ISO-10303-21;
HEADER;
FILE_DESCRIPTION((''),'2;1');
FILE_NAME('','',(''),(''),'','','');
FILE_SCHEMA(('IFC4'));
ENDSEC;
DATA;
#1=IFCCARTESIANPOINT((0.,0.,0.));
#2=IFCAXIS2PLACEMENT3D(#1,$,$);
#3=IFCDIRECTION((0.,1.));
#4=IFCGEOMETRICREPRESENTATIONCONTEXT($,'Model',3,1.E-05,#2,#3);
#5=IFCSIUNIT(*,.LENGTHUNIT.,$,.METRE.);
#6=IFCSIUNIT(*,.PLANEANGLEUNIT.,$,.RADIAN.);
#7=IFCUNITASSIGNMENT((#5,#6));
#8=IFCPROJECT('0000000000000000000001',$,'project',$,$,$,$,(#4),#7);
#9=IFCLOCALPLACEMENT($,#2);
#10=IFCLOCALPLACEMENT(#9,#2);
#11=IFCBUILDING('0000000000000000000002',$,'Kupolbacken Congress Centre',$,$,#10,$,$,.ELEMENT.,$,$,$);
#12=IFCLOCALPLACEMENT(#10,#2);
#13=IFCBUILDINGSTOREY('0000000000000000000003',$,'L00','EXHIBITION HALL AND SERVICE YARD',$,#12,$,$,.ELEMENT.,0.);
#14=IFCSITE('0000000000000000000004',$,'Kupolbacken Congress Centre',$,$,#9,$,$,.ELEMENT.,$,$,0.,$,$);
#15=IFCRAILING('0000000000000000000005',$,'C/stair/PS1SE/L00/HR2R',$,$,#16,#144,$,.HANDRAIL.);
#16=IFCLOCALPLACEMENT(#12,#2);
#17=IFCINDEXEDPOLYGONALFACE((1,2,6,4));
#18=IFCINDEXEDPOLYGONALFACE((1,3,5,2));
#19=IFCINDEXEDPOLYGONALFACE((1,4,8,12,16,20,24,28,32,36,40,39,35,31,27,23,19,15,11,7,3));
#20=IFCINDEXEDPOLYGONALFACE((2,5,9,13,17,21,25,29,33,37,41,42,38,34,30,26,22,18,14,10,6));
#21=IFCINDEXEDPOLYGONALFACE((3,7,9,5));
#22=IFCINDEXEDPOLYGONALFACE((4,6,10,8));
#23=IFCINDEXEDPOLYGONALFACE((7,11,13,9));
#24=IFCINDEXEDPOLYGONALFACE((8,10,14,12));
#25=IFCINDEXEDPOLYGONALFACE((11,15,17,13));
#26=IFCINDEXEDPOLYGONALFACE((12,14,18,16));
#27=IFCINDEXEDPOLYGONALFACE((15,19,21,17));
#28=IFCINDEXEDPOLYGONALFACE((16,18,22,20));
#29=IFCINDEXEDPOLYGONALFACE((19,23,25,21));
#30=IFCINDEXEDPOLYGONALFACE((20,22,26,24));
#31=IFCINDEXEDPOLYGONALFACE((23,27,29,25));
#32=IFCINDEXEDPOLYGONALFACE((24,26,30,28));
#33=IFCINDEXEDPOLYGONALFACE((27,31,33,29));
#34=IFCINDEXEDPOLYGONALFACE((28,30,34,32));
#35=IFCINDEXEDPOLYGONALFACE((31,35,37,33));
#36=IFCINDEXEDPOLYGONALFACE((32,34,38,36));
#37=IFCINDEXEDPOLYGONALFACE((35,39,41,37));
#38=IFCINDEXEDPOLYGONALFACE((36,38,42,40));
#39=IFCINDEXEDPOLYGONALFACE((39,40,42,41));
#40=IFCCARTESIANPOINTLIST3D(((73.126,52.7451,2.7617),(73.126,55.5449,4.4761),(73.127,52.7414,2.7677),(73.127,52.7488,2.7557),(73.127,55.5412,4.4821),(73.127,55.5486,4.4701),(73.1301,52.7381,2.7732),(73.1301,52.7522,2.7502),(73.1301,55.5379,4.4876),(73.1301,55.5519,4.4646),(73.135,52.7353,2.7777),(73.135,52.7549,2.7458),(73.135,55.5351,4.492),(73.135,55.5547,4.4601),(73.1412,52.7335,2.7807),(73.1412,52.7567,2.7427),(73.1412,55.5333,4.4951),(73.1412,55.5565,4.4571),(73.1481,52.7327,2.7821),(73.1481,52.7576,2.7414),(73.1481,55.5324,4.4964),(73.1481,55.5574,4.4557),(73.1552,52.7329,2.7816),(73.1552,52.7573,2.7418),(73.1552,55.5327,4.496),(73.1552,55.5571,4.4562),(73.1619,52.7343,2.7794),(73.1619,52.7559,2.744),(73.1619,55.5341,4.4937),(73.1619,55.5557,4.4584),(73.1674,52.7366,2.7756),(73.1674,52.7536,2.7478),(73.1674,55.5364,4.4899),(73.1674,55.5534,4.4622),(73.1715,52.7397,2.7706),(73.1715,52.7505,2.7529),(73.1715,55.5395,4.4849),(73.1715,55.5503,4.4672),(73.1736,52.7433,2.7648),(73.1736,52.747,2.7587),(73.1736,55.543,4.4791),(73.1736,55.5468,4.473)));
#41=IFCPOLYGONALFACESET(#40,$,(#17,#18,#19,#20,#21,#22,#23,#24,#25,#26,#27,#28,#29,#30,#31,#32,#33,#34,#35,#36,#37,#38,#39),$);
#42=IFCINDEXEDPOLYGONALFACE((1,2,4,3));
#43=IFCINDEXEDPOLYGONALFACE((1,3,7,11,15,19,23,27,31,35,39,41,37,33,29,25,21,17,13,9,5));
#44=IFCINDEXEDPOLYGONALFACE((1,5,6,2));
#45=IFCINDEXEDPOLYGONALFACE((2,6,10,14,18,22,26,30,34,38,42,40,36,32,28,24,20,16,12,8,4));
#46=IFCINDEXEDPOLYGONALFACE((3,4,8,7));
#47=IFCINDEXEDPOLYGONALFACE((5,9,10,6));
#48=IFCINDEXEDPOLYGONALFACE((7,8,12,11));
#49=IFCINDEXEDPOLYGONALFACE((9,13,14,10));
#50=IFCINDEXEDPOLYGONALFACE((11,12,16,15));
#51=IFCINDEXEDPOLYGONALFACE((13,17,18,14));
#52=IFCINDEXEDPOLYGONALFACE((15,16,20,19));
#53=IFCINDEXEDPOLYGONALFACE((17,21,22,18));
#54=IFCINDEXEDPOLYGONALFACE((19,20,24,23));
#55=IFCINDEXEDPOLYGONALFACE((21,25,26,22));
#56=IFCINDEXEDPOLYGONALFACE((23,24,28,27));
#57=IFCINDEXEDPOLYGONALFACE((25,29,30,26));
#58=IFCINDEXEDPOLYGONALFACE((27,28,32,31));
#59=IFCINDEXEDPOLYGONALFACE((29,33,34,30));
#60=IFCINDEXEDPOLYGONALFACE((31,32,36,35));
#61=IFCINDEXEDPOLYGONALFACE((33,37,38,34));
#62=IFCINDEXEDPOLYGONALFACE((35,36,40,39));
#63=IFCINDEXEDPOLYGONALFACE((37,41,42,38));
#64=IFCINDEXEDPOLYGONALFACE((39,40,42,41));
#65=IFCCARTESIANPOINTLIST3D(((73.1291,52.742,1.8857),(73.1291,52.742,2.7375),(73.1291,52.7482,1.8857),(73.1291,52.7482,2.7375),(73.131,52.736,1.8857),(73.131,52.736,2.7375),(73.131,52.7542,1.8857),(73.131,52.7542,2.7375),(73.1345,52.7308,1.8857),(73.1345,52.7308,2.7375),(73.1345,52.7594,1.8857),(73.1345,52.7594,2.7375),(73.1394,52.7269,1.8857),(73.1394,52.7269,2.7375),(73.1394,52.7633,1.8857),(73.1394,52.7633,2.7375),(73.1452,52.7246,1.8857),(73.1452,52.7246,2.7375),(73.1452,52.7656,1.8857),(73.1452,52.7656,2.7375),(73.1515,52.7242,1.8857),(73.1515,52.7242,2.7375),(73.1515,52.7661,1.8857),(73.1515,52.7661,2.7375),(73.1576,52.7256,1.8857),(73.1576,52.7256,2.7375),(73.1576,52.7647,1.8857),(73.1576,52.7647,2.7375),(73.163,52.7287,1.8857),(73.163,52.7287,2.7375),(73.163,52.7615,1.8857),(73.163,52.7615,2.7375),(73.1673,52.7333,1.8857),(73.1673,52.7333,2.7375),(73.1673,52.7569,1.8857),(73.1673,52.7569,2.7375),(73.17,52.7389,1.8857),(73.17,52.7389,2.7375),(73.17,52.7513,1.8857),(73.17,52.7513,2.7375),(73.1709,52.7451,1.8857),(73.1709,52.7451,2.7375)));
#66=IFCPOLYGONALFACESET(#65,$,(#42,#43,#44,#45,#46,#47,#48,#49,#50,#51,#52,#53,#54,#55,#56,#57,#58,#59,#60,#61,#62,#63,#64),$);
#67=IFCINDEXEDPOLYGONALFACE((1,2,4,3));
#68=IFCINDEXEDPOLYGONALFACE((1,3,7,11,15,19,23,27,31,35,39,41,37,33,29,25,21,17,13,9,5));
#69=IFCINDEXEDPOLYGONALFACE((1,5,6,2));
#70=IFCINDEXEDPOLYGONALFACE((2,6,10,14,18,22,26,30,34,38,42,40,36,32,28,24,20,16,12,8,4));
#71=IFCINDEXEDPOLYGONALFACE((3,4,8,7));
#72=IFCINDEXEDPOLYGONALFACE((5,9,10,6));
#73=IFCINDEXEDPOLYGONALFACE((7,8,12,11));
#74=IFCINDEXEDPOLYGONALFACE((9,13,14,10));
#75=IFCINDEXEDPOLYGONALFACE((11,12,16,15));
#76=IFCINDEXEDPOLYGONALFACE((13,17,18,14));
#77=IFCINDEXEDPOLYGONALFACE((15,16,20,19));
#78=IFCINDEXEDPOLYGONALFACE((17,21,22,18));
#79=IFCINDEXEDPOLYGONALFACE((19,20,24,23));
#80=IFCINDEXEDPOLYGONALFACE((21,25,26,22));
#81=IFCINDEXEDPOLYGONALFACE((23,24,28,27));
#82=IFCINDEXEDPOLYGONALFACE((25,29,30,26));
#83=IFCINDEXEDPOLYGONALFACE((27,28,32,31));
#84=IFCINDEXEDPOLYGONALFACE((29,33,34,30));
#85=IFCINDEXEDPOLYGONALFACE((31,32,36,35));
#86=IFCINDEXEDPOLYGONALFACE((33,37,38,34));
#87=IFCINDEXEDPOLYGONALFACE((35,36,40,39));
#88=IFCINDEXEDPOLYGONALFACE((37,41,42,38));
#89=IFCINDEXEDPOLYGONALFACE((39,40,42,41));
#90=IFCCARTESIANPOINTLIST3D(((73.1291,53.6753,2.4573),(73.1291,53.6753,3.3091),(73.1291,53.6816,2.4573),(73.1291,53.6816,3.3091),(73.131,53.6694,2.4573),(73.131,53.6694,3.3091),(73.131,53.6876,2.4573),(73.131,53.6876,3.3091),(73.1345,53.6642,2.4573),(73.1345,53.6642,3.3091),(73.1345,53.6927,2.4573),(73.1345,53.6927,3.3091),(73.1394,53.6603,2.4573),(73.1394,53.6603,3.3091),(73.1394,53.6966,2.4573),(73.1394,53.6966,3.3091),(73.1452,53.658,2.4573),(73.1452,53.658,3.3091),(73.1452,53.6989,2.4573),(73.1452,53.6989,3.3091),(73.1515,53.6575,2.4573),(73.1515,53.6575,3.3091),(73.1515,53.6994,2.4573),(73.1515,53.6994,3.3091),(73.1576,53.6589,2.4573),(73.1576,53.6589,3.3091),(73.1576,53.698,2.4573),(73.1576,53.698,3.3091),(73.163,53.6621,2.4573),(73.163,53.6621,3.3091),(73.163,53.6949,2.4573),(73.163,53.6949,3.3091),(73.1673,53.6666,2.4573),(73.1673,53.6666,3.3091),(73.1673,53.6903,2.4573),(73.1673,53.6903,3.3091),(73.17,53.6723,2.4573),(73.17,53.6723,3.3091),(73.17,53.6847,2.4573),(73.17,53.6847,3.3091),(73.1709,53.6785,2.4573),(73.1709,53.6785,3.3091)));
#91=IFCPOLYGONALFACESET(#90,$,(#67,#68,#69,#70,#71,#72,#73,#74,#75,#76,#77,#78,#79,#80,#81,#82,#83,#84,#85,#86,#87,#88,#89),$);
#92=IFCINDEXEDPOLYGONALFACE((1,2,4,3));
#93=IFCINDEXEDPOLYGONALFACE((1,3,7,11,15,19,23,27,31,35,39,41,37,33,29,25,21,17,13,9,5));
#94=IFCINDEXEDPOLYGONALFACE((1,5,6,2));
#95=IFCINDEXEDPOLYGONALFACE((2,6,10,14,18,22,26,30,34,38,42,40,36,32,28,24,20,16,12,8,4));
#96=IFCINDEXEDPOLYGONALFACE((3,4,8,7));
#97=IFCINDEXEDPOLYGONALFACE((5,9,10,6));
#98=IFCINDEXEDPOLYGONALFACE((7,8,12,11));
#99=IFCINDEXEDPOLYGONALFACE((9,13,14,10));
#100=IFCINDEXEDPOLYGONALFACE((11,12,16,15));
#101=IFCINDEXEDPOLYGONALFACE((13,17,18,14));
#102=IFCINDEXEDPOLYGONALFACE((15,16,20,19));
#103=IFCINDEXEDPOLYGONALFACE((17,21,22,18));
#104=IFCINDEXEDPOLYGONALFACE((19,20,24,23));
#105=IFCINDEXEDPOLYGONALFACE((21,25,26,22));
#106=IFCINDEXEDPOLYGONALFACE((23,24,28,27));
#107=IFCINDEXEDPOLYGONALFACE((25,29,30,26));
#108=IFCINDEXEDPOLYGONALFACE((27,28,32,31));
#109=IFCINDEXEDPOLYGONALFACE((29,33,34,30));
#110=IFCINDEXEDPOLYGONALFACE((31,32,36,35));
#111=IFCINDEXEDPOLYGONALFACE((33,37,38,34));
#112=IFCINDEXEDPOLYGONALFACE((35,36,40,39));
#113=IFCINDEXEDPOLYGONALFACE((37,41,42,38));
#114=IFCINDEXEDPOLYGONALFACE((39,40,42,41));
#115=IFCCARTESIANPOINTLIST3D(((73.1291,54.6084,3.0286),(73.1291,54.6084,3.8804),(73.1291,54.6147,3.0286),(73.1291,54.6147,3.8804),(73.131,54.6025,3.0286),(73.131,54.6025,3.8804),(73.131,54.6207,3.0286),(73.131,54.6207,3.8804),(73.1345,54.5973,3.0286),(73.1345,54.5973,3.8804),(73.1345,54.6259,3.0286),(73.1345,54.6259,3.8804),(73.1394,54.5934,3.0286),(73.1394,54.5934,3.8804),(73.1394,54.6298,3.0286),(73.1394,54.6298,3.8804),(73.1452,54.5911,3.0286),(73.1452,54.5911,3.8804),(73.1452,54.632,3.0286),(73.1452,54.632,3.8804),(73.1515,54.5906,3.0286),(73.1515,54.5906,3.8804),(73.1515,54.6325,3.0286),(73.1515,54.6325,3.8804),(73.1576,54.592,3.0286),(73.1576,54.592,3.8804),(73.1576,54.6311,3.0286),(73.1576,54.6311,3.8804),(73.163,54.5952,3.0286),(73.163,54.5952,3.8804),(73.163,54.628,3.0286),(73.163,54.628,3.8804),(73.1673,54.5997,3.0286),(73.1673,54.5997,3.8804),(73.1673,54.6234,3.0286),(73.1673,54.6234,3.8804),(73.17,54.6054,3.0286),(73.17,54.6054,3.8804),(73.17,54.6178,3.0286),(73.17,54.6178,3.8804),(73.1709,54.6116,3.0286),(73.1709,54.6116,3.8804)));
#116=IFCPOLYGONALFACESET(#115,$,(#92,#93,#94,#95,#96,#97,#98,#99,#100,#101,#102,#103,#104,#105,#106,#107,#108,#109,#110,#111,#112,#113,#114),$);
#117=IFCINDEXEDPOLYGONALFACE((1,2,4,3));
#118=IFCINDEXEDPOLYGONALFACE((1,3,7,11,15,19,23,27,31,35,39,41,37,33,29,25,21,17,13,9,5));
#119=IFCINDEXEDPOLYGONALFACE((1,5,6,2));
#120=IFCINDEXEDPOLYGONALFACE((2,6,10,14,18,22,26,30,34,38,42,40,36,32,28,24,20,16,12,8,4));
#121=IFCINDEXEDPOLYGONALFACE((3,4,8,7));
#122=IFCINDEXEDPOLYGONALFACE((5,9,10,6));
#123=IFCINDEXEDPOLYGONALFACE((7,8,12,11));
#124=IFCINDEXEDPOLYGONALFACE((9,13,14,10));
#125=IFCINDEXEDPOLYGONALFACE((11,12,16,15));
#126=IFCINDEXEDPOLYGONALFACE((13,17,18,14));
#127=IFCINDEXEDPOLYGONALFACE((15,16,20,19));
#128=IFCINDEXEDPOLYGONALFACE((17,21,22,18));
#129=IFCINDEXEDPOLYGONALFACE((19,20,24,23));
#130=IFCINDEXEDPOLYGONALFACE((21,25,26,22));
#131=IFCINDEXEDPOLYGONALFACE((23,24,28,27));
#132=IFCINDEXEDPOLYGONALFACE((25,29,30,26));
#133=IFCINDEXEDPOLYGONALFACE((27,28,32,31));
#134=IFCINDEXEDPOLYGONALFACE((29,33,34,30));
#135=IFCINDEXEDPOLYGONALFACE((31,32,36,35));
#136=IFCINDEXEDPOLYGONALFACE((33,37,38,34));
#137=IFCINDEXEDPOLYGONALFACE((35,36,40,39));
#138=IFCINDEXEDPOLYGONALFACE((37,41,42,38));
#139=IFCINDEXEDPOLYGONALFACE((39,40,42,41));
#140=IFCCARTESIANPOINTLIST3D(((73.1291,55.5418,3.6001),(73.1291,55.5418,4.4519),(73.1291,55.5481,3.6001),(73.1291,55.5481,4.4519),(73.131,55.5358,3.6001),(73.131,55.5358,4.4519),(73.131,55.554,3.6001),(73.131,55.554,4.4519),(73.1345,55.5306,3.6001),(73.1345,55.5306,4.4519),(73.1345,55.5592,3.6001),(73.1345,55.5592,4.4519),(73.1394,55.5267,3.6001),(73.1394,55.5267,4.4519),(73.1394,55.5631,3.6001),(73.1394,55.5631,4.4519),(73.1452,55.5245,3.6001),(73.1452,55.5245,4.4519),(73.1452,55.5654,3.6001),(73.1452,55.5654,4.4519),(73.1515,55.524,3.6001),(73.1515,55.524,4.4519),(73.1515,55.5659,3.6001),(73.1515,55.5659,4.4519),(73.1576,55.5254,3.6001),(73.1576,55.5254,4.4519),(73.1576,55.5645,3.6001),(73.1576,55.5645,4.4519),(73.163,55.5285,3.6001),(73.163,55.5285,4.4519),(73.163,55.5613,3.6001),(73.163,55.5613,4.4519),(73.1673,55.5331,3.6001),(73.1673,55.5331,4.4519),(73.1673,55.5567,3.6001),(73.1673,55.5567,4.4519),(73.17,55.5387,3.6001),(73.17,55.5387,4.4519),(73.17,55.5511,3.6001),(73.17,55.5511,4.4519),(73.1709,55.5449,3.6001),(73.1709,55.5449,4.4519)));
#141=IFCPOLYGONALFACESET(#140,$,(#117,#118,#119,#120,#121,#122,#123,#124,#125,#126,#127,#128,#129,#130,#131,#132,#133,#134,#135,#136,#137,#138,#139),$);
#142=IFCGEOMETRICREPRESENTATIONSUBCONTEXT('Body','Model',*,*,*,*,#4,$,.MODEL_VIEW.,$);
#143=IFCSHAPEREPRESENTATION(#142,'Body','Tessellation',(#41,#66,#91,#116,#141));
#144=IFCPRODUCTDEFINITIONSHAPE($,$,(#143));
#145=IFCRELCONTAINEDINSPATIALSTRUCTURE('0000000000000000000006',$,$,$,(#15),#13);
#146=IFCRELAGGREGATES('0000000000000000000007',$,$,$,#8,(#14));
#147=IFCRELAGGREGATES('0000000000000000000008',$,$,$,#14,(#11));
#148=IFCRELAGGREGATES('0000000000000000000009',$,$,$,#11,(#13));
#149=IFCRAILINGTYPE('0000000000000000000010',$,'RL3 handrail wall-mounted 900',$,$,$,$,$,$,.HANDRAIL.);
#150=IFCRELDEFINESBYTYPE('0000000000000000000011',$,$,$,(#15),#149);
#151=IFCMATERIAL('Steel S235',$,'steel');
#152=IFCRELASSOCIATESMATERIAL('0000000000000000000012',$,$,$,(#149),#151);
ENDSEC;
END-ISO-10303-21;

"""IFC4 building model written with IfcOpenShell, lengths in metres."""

from ifc_helpers import new_model, si_unit, direction, frame, origin, origin_2d, place, context, subcontext, project, spatial, circle, extrude, material, type_object, element, save


model = new_model("IFC4")

# Units and contexts
model_context = context("Model", 3, precision=1e-05, world=origin(), true_north=direction((0.0, 1.0)))
body_context = subcontext(model_context, "Body", "Model", "MODEL_VIEW")
ifc_project = project(units=[si_unit("LENGTHUNIT", "METRE"), si_unit("PLANEANGLEUNIT", "RADIAN")], contexts=[model_context])

# Site, building, storey
site_placement = place(None, origin())
site = spatial("IfcSite", under=ifc_project, at=site_placement, Name="Kupolbacken Congress Centre", CompositionType="ELEMENT", RefElevation=0.0)
building_placement = place(site_placement, origin())
building = spatial("IfcBuilding", under=site, at=building_placement, Name="Kupolbacken Congress Centre", CompositionType="ELEMENT")
storey_placement = place(building_placement, origin())
storey = spatial("IfcBuildingStorey", under=building, at=storey_placement, Name="L00", Description="EXHIBITION HALL AND SERVICE YARD", CompositionType="ELEMENT", Elevation=0.0)

# Railing
ifc_material_1 = material(Name="Steel S235", Category="steel")
railing_type = type_object("IfcRailingType", Name="RL3 handrail wall-mounted 900", PredefinedType="HANDRAIL", material=ifc_material_1)
for number, where, name in (
    (1, (73.1499, 52.7451, 1.8857), "C/stair/PS1SE/L00/HR2R"),
):
    element("IfcRailing", number, at=place(storey_placement, frame(where)), inside=storey, type_object=railing_type, Name=name, PredefinedType="HANDRAIL", context=body_context, shape_type="SweptSolid", body=[
        extrude(circle(Radius=0.0239, at=origin_2d()), frame((0.0, 0.0, 0.876), z_axis=(0.0, 0.852826, 0.522196), x_axis=(-1.0, 0.0, 0.0)), (0.0, 0.0, 1.0), 3.283),
        extrude(circle(Radius=0.021, at=origin_2d()), origin(), (0.0, 0.0, 1.0), 0.8518),
        extrude(circle(Radius=0.021, at=origin_2d()), frame((0.0, 0.9333, 0.5715)), (0.0, 0.0, 1.0), 0.8518),
        extrude(circle(Radius=0.021, at=origin_2d()), frame((0.0, 1.8665, 1.1428)), (0.0, 0.0, 1.0), 0.8518),
        extrude(circle(Radius=0.021, at=origin_2d()), frame((0.0, 2.7998, 1.7144)), (0.0, 0.0, 1.0), 0.8518),
    ])

save(model, "model.ifc")
